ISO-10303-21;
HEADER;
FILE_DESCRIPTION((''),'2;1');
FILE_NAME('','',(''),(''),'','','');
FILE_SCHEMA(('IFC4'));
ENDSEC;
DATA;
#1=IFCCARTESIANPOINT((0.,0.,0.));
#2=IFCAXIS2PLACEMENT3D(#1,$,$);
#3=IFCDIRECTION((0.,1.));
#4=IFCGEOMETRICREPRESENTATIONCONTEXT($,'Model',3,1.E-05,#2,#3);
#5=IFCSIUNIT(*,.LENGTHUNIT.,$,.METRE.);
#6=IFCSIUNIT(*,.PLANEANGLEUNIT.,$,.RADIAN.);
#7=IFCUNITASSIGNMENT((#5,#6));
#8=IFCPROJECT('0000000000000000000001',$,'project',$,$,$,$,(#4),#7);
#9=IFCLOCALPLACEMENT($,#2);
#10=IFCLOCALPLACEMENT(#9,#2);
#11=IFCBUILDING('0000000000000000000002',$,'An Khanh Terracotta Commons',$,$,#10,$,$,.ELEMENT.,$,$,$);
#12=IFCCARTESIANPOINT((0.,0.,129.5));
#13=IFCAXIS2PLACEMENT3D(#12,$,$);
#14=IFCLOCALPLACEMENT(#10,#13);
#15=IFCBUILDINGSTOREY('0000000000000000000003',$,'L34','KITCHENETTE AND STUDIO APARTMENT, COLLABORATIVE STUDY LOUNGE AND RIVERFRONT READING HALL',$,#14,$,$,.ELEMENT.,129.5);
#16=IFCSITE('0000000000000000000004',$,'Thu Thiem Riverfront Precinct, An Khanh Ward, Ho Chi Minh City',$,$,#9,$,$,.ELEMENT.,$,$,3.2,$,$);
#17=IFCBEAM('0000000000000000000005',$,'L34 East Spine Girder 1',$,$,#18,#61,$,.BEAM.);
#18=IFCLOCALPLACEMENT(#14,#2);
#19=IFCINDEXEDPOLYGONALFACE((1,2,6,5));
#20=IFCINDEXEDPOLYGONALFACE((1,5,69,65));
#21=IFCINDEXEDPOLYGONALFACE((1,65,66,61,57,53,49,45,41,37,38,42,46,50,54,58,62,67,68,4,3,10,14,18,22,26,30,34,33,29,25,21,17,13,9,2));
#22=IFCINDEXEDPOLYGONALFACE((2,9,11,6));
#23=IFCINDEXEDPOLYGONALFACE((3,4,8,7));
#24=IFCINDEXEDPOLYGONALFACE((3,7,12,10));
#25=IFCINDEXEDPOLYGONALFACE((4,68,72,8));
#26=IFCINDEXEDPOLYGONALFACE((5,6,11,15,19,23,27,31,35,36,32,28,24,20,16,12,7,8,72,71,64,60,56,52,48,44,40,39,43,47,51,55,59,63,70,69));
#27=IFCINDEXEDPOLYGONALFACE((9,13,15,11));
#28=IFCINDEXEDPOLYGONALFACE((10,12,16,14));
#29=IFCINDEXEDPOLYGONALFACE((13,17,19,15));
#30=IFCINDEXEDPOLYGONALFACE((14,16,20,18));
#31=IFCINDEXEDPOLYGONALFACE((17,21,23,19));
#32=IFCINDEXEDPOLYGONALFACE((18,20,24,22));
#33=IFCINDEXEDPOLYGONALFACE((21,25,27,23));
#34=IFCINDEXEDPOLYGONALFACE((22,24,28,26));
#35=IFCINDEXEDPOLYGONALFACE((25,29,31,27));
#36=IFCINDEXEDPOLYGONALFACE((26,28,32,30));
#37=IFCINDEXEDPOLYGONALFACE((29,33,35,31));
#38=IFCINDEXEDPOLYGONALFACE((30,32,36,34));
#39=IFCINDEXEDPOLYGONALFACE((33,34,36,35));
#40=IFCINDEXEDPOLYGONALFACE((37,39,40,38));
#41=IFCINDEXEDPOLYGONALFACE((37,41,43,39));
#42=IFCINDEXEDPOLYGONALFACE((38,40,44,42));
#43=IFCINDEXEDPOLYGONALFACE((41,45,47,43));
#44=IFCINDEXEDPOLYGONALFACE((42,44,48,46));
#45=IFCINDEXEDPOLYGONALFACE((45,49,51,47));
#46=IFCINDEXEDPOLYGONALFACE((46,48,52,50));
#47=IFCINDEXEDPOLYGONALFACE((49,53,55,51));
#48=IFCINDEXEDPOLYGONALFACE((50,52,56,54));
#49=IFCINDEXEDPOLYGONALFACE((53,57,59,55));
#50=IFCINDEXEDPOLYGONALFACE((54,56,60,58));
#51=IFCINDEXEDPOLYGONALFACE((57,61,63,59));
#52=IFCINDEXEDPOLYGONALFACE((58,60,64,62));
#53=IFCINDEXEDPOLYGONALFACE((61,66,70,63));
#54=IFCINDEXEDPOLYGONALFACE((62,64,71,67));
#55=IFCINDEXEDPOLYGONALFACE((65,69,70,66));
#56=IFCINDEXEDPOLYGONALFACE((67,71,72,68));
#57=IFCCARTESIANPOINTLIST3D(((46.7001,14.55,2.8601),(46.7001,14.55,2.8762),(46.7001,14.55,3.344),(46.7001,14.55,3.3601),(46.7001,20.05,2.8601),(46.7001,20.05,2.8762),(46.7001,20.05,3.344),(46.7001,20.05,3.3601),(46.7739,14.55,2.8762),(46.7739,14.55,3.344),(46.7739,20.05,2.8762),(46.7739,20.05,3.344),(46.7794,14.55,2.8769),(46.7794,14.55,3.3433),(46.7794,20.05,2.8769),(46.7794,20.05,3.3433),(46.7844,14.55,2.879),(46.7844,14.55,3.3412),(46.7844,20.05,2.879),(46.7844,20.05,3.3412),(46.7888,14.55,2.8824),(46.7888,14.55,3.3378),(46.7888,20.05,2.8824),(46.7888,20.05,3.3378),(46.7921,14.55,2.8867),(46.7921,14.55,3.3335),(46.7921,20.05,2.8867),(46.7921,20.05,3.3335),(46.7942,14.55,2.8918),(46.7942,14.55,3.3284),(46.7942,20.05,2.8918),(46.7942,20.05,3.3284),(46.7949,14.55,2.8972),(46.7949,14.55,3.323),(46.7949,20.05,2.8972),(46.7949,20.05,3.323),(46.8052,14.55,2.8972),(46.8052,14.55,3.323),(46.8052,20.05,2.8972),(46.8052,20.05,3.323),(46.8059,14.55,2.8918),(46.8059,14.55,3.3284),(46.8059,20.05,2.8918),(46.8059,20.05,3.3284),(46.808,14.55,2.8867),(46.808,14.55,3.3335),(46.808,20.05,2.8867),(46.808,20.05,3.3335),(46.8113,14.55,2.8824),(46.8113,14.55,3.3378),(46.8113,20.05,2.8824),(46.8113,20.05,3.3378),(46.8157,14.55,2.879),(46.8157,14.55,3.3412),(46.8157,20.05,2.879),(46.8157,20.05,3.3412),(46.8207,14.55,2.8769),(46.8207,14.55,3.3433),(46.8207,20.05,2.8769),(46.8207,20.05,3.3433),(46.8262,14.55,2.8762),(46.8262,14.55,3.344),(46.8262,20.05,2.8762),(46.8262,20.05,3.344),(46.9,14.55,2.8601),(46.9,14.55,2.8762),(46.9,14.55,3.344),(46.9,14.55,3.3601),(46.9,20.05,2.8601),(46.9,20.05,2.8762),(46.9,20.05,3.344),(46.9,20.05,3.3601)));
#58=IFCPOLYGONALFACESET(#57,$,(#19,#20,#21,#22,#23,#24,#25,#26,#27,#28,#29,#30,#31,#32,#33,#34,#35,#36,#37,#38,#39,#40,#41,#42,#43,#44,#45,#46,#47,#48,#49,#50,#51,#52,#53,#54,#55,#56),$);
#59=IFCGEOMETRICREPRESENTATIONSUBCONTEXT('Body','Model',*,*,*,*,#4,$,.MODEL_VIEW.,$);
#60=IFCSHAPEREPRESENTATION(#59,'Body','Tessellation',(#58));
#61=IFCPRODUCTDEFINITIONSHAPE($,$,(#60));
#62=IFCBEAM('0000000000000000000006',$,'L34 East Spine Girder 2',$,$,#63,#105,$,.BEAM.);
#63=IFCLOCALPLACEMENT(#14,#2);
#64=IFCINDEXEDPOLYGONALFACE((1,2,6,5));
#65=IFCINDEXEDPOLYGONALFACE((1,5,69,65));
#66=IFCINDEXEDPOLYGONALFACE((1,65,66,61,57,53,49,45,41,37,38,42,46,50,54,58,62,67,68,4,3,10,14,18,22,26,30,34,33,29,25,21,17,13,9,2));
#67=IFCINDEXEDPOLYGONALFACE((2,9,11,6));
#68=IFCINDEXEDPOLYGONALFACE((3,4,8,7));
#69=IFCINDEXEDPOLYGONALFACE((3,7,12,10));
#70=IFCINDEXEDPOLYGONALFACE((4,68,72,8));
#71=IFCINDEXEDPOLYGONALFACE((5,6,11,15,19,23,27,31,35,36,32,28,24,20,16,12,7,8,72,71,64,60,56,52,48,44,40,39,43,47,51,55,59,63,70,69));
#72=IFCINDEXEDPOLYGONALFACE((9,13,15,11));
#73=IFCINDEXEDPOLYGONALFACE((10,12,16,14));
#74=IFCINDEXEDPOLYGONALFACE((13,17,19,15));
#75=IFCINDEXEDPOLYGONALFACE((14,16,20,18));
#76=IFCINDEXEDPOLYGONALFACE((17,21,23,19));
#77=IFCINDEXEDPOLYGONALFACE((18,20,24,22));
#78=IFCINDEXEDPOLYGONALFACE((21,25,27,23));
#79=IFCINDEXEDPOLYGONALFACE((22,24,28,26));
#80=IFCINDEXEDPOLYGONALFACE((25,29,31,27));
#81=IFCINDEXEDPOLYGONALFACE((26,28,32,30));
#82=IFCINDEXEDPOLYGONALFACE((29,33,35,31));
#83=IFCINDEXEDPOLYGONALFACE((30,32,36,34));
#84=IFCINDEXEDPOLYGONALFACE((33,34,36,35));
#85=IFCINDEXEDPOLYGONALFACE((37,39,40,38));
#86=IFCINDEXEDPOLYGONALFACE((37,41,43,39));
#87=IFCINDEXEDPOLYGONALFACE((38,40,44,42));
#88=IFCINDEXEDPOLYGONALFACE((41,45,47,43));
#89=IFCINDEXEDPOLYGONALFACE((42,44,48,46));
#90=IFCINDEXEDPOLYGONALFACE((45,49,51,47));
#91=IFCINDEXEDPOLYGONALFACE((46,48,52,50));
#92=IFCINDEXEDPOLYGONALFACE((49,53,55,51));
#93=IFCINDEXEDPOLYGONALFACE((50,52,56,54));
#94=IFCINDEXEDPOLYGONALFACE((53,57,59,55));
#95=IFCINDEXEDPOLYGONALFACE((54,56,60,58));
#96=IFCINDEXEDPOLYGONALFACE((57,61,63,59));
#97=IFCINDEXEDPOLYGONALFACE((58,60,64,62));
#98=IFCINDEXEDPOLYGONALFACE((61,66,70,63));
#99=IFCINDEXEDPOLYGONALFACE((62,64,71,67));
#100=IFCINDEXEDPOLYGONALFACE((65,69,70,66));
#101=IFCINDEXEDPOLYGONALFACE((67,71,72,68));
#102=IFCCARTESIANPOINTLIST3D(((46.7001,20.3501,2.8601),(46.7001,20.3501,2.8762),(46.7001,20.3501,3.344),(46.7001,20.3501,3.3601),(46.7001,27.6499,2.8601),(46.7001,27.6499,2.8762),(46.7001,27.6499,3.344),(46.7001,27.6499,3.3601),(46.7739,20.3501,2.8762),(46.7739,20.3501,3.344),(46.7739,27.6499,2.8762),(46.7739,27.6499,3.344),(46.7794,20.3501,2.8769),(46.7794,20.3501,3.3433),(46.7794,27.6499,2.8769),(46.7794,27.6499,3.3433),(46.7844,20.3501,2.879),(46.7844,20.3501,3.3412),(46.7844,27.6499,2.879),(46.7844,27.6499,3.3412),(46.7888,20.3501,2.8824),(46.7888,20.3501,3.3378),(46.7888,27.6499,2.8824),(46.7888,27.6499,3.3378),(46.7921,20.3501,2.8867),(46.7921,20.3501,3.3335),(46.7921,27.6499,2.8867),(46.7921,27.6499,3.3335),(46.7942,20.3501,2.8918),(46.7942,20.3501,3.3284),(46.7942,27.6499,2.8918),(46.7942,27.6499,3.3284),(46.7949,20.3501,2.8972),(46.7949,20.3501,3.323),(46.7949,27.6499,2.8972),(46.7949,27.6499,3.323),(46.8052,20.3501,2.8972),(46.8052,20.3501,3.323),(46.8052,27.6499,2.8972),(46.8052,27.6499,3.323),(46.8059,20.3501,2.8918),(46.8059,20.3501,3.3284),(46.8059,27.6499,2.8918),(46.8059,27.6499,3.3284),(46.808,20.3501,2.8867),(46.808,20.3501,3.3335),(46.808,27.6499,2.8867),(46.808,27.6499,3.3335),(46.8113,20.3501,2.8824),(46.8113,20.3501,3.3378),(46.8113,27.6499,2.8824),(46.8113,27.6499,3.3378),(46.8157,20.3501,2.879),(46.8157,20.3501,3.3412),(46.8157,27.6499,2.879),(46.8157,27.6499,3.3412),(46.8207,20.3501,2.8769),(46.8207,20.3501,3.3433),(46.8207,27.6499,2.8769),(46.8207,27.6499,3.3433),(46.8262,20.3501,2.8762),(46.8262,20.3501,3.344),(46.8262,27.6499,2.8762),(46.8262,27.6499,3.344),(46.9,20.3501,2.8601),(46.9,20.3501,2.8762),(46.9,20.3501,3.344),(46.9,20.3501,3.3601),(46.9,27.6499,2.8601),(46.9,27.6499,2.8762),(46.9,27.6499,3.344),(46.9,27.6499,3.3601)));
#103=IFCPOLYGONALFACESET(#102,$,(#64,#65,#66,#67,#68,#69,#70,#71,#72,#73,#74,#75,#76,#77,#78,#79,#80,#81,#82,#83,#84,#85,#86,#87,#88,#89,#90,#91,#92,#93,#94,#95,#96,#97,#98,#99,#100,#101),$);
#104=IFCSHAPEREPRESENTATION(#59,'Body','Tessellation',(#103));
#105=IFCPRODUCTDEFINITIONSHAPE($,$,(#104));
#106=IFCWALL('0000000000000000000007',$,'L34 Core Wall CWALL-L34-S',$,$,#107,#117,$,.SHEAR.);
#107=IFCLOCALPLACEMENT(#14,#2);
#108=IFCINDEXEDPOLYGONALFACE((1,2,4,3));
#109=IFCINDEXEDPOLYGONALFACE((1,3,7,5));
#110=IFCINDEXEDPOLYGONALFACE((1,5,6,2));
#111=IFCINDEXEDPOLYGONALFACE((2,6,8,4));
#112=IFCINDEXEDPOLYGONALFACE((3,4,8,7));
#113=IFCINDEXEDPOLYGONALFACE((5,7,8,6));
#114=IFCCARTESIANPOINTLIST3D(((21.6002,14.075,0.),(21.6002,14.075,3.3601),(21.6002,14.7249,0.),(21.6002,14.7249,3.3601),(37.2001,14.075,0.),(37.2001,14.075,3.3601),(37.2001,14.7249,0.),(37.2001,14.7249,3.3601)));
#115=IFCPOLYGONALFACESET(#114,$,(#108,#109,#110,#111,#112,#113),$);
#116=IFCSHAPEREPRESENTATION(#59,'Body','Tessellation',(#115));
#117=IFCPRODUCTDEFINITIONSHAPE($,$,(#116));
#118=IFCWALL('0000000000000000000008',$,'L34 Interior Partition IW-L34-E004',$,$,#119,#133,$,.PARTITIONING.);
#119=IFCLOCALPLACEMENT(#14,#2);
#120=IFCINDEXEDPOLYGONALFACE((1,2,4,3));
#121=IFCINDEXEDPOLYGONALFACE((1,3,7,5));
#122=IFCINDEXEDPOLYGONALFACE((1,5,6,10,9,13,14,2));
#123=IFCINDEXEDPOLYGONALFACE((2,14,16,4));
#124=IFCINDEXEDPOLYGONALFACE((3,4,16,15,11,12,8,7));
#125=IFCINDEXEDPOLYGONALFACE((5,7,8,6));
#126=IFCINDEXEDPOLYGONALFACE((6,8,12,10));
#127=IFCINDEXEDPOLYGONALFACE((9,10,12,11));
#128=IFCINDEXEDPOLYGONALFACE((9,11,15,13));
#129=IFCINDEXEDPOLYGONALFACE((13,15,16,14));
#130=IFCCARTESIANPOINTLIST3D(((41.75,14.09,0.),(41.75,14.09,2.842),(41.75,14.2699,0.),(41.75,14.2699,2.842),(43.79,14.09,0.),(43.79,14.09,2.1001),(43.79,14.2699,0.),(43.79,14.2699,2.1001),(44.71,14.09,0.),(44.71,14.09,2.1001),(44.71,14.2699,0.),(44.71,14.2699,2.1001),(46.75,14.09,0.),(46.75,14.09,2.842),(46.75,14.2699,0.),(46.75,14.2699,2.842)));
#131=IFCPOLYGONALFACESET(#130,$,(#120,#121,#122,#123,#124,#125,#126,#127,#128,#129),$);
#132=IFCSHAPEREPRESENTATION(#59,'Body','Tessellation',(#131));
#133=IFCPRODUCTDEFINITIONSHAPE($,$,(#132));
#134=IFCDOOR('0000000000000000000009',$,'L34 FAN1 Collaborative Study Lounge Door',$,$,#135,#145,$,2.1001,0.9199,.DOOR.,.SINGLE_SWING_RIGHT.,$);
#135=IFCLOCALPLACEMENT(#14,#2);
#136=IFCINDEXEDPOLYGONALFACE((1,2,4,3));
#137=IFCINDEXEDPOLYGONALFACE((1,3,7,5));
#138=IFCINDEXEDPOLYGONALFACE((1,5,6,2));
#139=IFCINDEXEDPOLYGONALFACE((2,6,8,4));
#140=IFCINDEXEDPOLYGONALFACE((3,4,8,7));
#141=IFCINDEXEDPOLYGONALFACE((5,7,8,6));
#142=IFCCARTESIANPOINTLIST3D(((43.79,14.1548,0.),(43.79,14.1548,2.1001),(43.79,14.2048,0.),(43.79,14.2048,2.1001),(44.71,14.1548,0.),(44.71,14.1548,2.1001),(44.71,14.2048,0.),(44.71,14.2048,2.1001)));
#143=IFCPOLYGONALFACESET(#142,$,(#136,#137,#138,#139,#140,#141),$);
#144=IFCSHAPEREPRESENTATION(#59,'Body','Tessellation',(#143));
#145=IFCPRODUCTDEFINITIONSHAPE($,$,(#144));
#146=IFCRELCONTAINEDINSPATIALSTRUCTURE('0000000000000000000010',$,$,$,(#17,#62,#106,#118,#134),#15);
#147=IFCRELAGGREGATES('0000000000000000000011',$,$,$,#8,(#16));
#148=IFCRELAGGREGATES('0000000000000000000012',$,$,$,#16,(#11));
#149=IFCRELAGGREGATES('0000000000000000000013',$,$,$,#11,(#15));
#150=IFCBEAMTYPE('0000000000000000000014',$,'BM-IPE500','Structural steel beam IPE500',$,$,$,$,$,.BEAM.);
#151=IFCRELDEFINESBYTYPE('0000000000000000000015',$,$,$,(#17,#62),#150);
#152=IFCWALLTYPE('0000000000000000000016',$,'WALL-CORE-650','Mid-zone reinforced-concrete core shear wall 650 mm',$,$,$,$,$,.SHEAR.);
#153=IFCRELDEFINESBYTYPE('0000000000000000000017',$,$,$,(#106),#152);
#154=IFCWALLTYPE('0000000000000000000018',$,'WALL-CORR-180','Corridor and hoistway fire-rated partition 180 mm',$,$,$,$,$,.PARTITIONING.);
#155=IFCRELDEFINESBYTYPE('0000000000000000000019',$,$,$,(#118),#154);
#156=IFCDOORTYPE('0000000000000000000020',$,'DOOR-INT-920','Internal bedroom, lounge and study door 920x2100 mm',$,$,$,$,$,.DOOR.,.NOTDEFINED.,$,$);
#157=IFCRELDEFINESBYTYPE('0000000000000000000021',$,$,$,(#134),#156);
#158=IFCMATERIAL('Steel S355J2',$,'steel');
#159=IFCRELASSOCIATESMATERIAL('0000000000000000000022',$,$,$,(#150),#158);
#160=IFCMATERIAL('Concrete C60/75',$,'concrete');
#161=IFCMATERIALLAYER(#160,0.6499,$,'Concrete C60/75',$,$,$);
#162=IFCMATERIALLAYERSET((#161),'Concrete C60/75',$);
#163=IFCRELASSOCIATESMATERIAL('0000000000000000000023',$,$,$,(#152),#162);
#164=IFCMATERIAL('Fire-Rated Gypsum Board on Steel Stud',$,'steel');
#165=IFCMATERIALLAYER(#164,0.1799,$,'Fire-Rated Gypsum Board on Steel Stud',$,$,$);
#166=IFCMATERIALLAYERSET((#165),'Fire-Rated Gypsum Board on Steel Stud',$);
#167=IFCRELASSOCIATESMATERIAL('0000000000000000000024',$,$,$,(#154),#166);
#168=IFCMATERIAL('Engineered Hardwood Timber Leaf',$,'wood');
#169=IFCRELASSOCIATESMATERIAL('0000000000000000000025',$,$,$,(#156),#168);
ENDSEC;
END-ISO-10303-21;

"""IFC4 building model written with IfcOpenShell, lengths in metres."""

from ifc_helpers import new_model, si_unit, direction, frame, frame_2d, origin, origin_2d, place, context, subcontext, project, spatial, rectangle, i_section, extrude, material, layer, layer_set, material_profile, profile_set, type_object, element, fill, save


model = new_model("IFC4")

# Units and contexts
model_context = context("Model", 3, precision=1e-05, world=origin(), true_north=direction((0.0, 1.0)))
body_context = subcontext(model_context, "Body", "Model", "MODEL_VIEW")
ifc_project = project(units=[si_unit("LENGTHUNIT", "METRE"), si_unit("PLANEANGLEUNIT", "RADIAN")], contexts=[model_context])

# Site, building, storey
site_placement = place(None, origin())
site = spatial("IfcSite", under=ifc_project, at=site_placement, Name="Thu Thiem Riverfront Precinct, An Khanh Ward, Ho Chi Minh City", CompositionType="ELEMENT", RefElevation=3.2)
building_placement = place(site_placement, origin())
building = spatial("IfcBuilding", under=site, at=building_placement, Name="An Khanh Terracotta Commons", CompositionType="ELEMENT")
storey_placement = place(building_placement, frame((0.0, 0.0, 129.5)))
storey = spatial("IfcBuildingStorey", under=building, at=storey_placement, Name="L34", Description="KITCHENETTE AND STUDIO APARTMENT, COLLABORATIVE STUDY LOUNGE AND RIVERFRONT READING HALL", CompositionType="ELEMENT", Elevation=129.5)

# Beams
ifc_material_1 = material(Name="Steel S355J2", Category="steel")
ifc_material_profile_1 = material_profile(ifc_material_1, i_section(OverallWidth=0.2, OverallDepth=0.5, WebThickness=0.0103, FlangeThickness=0.0161, FilletRadius=0.021, at=origin_2d()), Name="IPE500")
ifc_profile_set_1 = profile_set([ifc_material_profile_1], Name="Steel S355J2")
beam_type_1 = type_object("IfcBeamType", Name="BM-IPE500", Description="Structural steel beam IPE500", PredefinedType="BEAM", material=ifc_profile_set_1)
beam_1_placement = place(storey_placement, frame((46.8, 14.55, 3.1101), z_axis=(0.0, 1.0, 0.0), x_axis=(-1.0, 0.0, 0.0)))
element("IfcBeam", 1, at=beam_1_placement, inside=storey, type_object=beam_type_1, Name="L34 East Spine Girder 1", PredefinedType="BEAM", context=body_context, shape_type="SweptSolid", body=[
    extrude(i_section(OverallWidth=0.2, OverallDepth=0.5, WebThickness=0.0103, FlangeThickness=0.0161, FilletRadius=0.021, at=origin_2d()), origin(), (0.0, 0.0, 1.0), 5.5),
])
beam_2_placement = place(storey_placement, frame((46.8, 20.3501, 3.1101), z_axis=(0.0, 1.0, 0.0), x_axis=(-1.0, 0.0, 0.0)))
element("IfcBeam", 2, at=beam_2_placement, inside=storey, type_object=beam_type_1, Name="L34 East Spine Girder 2", PredefinedType="BEAM", context=body_context, shape_type="SweptSolid", body=[
    extrude(i_section(OverallWidth=0.2, OverallDepth=0.5, WebThickness=0.0103, FlangeThickness=0.0161, FilletRadius=0.021, at=origin_2d()), origin(), (0.0, 0.0, 1.0), 7.2998),
])

# Wall
ifc_material_2 = material(Name="Concrete C60/75", Category="concrete")
ifc_layer_1 = layer(ifc_material_2, 0.6499, Name="Concrete C60/75")
ifc_layer_set_1 = layer_set([ifc_layer_1], Name="Concrete C60/75")
wall_type_1 = type_object("IfcWallType", Name="WALL-CORE-650", Description="Mid-zone reinforced-concrete core shear wall 650 mm", PredefinedType="SHEAR", material=ifc_layer_set_1)
wall_1_placement = place(storey_placement, frame((37.2, 14.3999, 0.0), z_axis=(0.0, 0.0, 1.0), x_axis=(-1.0, 0.0, 0.0)))
element("IfcWall", 3, at=wall_1_placement, inside=storey, type_object=wall_type_1, Name="L34 Core Wall CWALL-L34-S", PredefinedType="SHEAR", context=body_context, shape_type="SweptSolid", body=[
    extrude(rectangle(XDim=15.5999, YDim=0.6499, at=frame_2d((7.7998, 0.0))), origin(), (0.0, 0.0, 1.0), 3.3601),
])

# Wall, opening, door
ifc_material_3 = material(Name="Fire-Rated Gypsum Board on Steel Stud", Category="steel")
ifc_layer_2 = layer(ifc_material_3, 0.1799, Name="Fire-Rated Gypsum Board on Steel Stud")
ifc_layer_set_2 = layer_set([ifc_layer_2], Name="Fire-Rated Gypsum Board on Steel Stud")
wall_type_2 = type_object("IfcWallType", Name="WALL-CORR-180", Description="Corridor and hoistway fire-rated partition 180 mm", PredefinedType="PARTITIONING", material=ifc_layer_set_2)
wall_2_placement = place(storey_placement, frame((41.75, 14.1799, 0.0), z_axis=(0.0, 0.0, 1.0), x_axis=(1.0, 0.0, 0.0)))
wall_2 = element("IfcWall", 4, at=wall_2_placement, inside=storey, type_object=wall_type_2, Name="L34 Interior Partition IW-L34-E004", PredefinedType="PARTITIONING", context=body_context, shape_type="SweptSolid", body=[
    extrude(rectangle(XDim=5.0, YDim=0.1799, at=frame_2d((2.5, 0.0))), origin(), (0.0, 0.0, 1.0), 2.842),
])
opening_1_placement = place(wall_2_placement, frame((2.04, 0.0, 0.0)))
opening_1 = element("IfcOpeningElement", 5, at=opening_1_placement, cuts=wall_2, PredefinedType="OPENING", context=body_context, shape_type="SweptSolid", body=[
    extrude(rectangle(XDim=0.9199, YDim=2.1001, at=frame_2d((0.46, 1.05))), frame((0.0, 0.0999, 0.0), z_axis=(0.0, -1.0, 0.0), x_axis=(1.0, 0.0, 0.0)), (0.0, 0.0, 1.0), 0.2),
])
ifc_material_4 = material(Name="Engineered Hardwood Timber Leaf", Category="wood")
door_type_1 = type_object("IfcDoorType", Name="DOOR-INT-920", Description="Internal bedroom, lounge and study door 920x2100 mm", OperationType="NOTDEFINED", PredefinedType="DOOR", material=ifc_material_4)
door_1_placement = place(opening_1_placement, origin())
door_1 = element("IfcDoor", 6, at=door_1_placement, inside=storey, type_object=door_type_1, Name="L34 FAN1 Collaborative Study Lounge Door", OperationType="SINGLE_SWING_RIGHT", OverallHeight=2.1001, OverallWidth=0.9199, PredefinedType="DOOR", context=body_context, shape_type="SweptSolid", body=[
    extrude(rectangle(XDim=0.9199, YDim=2.1001, at=frame_2d((0.46, 1.05))), frame((0.0, 0.0249, 0.0), z_axis=(0.0, -1.0, 0.0), x_axis=(1.0, 0.0, 0.0)), (0.0, 0.0, 1.0), 0.05),
])
fill(opening_1, door_1)

save(model, "model.ifc")
